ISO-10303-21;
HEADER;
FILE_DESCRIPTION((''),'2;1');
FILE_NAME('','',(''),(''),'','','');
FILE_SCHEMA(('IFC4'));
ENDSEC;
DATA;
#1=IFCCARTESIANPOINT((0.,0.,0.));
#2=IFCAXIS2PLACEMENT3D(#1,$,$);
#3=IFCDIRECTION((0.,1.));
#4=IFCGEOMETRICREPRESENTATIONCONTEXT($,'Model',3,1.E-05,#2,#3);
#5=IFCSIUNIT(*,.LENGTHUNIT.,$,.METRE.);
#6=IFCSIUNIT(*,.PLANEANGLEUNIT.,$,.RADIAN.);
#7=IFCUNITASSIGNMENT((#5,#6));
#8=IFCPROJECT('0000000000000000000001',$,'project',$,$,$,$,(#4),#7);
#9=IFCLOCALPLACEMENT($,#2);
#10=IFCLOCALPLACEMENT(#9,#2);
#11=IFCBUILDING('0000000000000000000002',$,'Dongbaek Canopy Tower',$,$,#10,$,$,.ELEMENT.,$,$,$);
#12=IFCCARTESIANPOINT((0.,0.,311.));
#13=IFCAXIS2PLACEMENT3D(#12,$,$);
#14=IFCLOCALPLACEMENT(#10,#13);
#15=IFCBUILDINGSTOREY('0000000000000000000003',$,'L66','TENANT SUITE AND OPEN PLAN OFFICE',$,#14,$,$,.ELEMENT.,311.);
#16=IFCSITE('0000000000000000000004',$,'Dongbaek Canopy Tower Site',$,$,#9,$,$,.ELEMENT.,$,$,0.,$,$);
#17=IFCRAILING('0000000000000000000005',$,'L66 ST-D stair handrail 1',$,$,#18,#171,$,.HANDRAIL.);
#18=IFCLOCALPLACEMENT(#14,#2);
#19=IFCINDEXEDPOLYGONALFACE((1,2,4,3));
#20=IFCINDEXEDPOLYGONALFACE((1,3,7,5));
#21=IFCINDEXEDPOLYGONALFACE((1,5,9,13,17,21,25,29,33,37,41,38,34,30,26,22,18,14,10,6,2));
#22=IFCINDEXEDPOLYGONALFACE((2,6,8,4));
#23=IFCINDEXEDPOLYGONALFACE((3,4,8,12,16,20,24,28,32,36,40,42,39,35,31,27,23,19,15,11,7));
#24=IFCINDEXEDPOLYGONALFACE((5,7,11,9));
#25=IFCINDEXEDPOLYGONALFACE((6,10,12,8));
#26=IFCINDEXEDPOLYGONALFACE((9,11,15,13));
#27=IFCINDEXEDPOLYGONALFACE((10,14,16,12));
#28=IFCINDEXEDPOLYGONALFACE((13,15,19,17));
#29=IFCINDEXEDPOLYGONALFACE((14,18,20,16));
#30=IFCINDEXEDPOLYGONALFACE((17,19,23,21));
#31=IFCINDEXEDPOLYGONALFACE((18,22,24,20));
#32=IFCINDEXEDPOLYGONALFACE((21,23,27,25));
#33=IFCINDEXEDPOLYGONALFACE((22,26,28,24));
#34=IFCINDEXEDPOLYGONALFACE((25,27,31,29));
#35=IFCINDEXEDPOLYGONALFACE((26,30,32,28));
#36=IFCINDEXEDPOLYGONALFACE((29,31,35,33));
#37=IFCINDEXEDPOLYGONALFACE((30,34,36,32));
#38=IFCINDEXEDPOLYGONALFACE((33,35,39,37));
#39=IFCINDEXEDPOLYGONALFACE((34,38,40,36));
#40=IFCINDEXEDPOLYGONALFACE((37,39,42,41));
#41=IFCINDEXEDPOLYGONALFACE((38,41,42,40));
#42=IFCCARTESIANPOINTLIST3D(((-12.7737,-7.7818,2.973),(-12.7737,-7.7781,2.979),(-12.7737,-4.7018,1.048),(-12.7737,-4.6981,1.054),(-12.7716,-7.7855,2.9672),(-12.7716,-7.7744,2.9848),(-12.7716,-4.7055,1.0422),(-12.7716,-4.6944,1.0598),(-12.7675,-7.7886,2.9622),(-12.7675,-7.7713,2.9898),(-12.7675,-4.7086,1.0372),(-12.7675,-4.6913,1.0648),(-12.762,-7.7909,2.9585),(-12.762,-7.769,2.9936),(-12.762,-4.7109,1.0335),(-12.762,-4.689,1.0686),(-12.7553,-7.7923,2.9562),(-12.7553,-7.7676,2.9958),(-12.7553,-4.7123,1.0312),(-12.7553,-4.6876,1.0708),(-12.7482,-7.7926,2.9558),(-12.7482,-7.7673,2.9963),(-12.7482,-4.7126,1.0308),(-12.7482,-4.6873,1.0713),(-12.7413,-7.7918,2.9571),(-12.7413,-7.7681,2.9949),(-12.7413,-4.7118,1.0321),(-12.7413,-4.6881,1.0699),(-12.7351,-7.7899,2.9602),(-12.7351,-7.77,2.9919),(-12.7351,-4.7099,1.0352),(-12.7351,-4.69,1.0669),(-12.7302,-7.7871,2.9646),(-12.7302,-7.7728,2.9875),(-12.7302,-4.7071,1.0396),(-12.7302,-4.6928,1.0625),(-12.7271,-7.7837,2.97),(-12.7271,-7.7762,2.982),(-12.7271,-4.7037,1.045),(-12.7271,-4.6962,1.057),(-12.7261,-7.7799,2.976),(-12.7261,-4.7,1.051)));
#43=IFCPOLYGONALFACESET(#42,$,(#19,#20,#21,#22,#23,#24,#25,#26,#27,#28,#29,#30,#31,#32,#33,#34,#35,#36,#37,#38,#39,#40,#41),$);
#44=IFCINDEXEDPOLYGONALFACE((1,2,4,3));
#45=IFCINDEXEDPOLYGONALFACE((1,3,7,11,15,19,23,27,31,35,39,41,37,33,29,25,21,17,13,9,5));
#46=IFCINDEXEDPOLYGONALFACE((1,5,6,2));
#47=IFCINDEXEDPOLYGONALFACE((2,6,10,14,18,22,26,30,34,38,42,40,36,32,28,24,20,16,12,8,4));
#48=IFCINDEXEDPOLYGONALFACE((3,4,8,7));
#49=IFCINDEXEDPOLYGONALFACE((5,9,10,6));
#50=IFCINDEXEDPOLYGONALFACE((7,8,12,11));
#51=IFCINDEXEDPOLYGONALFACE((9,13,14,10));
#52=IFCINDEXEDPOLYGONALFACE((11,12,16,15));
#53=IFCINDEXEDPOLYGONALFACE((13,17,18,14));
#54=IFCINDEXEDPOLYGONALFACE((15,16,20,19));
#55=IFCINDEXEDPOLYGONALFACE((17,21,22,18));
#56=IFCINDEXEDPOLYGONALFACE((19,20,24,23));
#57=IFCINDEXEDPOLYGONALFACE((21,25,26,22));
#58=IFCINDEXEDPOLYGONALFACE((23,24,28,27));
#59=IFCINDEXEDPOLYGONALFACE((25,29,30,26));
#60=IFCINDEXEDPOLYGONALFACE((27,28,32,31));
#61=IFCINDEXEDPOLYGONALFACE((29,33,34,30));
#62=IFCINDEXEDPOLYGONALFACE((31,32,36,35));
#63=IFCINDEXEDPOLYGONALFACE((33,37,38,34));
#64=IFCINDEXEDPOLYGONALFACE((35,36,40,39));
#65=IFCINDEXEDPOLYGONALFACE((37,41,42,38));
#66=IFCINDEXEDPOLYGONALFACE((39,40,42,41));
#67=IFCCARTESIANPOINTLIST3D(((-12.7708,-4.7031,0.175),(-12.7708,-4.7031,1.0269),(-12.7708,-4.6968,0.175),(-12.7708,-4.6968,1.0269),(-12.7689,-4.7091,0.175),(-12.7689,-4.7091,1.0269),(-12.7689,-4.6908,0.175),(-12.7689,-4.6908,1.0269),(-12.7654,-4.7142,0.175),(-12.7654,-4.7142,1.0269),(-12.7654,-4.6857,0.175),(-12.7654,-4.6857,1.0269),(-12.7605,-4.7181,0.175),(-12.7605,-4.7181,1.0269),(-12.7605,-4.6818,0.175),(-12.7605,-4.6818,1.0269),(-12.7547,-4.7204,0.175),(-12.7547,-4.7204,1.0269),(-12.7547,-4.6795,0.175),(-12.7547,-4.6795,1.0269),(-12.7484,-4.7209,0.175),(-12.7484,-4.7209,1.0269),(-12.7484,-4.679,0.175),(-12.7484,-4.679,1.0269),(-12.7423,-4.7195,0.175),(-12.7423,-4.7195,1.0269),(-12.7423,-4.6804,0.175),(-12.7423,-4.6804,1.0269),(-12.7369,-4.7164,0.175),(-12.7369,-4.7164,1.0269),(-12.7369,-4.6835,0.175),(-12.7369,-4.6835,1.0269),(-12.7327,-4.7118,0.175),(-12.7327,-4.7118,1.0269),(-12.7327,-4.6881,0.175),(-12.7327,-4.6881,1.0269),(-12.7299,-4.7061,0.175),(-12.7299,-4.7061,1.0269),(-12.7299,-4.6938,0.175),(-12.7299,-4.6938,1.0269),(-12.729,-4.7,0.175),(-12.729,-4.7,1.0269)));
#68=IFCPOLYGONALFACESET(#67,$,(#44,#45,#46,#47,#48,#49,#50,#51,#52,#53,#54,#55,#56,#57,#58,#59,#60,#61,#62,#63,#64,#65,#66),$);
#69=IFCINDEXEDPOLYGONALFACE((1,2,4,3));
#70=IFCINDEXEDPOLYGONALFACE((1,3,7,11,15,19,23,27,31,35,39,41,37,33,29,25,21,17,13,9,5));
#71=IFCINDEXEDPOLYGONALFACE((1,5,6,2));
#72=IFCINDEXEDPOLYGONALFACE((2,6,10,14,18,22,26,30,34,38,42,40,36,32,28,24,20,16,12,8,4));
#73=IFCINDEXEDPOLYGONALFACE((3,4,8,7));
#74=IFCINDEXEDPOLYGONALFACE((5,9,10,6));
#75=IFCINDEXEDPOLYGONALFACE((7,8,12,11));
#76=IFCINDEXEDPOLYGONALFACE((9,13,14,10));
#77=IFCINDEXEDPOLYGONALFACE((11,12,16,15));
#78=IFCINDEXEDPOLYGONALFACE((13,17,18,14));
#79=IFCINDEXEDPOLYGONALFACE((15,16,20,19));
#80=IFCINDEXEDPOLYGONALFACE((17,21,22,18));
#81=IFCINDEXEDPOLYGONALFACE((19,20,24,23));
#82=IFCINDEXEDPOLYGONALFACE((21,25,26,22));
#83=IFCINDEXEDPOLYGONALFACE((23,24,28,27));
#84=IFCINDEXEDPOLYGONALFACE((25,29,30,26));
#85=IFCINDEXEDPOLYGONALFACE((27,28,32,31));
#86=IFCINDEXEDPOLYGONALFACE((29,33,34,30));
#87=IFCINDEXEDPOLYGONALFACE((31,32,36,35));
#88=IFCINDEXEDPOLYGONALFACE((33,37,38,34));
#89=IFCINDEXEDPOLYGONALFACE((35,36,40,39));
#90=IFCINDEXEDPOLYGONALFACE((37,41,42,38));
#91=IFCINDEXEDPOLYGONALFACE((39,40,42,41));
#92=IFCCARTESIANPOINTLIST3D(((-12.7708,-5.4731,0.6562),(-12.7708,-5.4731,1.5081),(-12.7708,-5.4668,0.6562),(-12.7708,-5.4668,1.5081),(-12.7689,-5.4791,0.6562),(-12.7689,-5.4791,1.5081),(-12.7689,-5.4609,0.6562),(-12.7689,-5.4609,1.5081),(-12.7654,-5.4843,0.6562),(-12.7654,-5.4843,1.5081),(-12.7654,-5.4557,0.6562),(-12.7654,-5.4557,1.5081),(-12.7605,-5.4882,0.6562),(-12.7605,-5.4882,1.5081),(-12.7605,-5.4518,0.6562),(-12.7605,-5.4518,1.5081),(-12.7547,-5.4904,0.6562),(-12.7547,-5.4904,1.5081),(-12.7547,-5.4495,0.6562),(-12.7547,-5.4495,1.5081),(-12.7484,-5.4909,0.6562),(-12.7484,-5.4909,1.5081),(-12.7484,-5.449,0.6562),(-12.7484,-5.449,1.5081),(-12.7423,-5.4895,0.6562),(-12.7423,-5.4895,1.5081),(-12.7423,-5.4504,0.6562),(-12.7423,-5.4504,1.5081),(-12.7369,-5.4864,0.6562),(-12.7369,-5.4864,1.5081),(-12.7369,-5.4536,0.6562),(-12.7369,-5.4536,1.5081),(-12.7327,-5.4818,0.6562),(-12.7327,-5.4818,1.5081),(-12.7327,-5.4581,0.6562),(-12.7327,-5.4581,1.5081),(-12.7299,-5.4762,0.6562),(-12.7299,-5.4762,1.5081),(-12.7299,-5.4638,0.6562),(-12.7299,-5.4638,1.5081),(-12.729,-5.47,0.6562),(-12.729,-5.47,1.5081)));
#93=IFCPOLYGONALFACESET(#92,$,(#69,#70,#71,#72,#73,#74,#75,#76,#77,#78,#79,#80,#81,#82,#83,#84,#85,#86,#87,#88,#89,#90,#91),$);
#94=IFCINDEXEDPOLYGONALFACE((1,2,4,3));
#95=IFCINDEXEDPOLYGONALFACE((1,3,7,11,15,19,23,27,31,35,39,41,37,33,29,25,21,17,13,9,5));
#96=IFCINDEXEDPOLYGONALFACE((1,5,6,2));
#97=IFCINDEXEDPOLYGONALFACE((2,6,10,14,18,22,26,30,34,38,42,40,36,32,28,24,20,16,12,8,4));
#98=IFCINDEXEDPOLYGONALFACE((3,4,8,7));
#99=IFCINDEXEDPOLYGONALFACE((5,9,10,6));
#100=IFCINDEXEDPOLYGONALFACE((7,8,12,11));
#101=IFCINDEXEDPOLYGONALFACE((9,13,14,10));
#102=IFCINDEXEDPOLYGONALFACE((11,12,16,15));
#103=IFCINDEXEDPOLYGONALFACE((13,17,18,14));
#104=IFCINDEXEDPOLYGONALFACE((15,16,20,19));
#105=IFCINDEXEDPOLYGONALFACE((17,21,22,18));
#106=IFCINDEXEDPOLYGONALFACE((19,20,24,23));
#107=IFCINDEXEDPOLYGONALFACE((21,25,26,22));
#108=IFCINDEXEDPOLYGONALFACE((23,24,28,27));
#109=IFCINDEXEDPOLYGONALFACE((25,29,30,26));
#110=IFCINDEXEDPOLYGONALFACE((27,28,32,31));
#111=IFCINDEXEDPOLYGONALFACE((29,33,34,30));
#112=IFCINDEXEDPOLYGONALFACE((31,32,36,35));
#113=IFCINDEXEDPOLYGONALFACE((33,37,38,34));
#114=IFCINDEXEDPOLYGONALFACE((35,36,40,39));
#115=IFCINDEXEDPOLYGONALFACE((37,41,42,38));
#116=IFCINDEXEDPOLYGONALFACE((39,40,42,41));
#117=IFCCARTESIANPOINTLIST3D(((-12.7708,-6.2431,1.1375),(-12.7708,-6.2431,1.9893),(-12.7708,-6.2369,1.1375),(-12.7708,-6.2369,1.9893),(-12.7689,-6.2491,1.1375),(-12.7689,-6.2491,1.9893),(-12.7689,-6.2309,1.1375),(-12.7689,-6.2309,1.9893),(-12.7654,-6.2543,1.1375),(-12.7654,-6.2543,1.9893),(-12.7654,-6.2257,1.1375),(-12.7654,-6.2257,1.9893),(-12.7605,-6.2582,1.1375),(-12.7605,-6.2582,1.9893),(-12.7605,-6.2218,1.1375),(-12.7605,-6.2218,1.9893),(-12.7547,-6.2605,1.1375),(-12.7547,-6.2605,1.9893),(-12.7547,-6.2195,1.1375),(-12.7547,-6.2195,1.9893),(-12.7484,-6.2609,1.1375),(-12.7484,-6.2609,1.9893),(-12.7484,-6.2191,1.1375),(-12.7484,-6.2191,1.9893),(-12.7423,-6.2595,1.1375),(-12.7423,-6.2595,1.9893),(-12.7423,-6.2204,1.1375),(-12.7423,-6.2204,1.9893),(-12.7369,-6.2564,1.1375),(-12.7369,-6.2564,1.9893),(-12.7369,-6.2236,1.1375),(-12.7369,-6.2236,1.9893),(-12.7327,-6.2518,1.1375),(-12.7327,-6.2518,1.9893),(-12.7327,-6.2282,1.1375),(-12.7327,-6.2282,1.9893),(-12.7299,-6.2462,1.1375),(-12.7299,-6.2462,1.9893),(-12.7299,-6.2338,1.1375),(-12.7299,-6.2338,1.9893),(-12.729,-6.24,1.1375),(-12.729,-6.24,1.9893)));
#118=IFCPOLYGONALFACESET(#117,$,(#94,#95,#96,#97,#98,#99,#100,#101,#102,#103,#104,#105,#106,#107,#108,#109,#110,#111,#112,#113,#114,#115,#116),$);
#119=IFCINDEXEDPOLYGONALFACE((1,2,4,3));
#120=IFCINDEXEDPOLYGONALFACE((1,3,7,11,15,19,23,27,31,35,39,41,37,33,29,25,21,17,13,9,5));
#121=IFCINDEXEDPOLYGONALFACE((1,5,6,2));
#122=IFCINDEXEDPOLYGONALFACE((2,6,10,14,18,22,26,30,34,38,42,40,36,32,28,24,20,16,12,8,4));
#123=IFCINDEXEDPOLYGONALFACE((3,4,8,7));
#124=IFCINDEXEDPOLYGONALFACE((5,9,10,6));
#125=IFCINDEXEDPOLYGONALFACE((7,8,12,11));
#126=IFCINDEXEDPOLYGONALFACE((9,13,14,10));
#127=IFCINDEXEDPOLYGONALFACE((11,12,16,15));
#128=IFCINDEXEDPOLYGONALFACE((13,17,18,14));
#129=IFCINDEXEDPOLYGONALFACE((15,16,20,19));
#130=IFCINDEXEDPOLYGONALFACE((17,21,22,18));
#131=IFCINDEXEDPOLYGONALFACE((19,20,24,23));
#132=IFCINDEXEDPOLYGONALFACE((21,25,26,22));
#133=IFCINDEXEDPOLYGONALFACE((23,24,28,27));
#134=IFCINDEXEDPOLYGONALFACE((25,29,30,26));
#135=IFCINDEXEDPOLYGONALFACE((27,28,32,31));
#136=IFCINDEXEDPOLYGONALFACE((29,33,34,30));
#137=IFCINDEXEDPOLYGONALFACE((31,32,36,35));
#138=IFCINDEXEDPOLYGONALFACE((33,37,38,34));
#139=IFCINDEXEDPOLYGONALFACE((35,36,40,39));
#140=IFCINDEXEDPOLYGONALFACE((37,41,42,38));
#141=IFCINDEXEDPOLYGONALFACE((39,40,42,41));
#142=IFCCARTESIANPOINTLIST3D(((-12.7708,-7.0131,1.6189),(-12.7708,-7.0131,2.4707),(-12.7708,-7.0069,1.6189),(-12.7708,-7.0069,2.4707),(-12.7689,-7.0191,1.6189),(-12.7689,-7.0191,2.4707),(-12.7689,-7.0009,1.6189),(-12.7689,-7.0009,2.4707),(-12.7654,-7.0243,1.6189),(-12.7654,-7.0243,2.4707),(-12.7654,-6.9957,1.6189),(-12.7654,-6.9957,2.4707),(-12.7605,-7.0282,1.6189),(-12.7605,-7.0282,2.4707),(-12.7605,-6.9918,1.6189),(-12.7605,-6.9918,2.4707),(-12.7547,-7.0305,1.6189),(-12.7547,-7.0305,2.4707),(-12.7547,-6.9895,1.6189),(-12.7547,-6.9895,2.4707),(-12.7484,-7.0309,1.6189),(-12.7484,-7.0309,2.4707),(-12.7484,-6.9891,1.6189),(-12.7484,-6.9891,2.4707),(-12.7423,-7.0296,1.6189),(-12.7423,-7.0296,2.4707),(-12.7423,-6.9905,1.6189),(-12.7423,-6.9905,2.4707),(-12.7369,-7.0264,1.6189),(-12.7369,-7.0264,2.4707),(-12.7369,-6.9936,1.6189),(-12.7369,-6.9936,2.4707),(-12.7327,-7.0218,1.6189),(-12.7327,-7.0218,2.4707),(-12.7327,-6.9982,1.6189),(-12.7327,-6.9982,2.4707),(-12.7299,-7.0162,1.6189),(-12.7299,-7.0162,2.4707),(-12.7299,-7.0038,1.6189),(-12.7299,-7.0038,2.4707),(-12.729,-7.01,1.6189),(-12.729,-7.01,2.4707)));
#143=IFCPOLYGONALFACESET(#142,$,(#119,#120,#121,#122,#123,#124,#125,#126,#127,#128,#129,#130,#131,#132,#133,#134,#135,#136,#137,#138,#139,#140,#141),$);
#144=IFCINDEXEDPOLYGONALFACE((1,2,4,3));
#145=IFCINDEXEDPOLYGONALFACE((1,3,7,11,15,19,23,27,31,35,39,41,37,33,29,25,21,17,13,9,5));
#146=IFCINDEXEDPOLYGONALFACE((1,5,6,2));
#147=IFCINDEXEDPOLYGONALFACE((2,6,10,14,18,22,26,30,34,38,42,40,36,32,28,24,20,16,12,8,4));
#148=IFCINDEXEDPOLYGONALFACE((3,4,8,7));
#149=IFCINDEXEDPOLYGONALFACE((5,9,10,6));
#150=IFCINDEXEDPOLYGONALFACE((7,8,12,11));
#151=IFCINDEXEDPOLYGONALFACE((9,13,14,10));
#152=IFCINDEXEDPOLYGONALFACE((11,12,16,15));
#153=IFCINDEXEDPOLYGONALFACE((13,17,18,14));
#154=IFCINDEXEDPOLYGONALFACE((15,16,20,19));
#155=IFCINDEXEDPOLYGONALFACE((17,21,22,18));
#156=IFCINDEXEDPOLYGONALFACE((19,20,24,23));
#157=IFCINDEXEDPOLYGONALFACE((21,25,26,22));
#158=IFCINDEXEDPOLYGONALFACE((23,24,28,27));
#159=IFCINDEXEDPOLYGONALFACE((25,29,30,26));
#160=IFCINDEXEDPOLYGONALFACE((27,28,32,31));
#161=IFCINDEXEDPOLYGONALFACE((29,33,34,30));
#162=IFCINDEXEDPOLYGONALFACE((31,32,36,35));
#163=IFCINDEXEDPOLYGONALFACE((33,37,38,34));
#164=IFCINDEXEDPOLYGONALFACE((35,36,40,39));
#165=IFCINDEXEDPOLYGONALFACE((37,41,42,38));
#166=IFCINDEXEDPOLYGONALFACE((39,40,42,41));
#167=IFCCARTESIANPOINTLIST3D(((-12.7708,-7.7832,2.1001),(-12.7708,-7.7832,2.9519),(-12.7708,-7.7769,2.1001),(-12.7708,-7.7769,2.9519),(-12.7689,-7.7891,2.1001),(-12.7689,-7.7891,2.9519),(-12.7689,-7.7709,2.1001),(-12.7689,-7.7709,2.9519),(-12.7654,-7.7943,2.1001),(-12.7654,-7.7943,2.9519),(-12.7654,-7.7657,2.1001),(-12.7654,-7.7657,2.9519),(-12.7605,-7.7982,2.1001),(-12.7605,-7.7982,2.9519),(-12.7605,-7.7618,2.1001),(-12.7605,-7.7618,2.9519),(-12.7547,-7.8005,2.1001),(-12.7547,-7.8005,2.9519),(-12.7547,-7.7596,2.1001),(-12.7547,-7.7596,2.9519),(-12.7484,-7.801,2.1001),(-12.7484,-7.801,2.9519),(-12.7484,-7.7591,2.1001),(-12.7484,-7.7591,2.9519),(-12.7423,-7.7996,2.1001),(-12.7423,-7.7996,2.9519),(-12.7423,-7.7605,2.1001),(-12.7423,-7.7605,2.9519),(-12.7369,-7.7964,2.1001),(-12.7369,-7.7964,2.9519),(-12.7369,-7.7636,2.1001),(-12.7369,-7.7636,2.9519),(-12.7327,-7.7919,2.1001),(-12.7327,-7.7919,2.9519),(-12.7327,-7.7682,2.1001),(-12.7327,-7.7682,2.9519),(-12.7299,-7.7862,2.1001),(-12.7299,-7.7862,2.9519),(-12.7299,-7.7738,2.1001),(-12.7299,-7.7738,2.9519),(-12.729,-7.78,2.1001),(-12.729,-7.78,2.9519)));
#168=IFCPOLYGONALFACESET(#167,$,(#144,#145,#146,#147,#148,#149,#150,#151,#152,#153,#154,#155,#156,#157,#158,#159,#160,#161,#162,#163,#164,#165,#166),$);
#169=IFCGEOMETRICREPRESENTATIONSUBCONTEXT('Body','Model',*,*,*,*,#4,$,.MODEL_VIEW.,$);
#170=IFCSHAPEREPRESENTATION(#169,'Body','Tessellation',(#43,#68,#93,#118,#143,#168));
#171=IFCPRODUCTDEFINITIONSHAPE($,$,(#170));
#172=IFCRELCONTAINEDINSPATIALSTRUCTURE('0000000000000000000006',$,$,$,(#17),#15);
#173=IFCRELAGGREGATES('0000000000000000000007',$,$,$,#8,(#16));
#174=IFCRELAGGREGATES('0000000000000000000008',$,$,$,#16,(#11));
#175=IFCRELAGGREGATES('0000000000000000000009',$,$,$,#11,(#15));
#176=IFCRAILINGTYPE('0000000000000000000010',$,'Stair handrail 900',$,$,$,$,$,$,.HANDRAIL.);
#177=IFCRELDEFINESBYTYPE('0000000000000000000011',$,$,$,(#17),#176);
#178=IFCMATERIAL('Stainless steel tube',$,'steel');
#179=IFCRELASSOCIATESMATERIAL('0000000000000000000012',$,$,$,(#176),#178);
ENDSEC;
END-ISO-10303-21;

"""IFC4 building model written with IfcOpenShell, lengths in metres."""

from ifc_helpers import new_model, si_unit, direction, frame, origin, origin_2d, place, context, subcontext, project, spatial, circle, extrude, material, type_object, element, save


model = new_model("IFC4")

# Units and contexts
model_context = context("Model", 3, precision=1e-05, world=origin(), true_north=direction((0.0, 1.0)))
body_context = subcontext(model_context, "Body", "Model", "MODEL_VIEW")
ifc_project = project(units=[si_unit("LENGTHUNIT", "METRE"), si_unit("PLANEANGLEUNIT", "RADIAN")], contexts=[model_context])

# Site, building, storey
site_placement = place(None, origin())
site = spatial("IfcSite", under=ifc_project, at=site_placement, Name="Dongbaek Canopy Tower Site", CompositionType="ELEMENT", RefElevation=0.0)
building_placement = place(site_placement, origin())
building = spatial("IfcBuilding", under=site, at=building_placement, Name="Dongbaek Canopy Tower", CompositionType="ELEMENT")
storey_placement = place(building_placement, frame((0.0, 0.0, 311.0)))
storey = spatial("IfcBuildingStorey", under=building, at=storey_placement, Name="L66", Description="TENANT SUITE AND OPEN PLAN OFFICE", CompositionType="ELEMENT", Elevation=311.0)

# Railing
ifc_material_1 = material(Name="Stainless steel tube", Category="steel")
railing_type_1 = type_object("IfcRailingType", Name="Stair handrail 900", PredefinedType="HANDRAIL", material=ifc_material_1)
railing_1_placement = place(storey_placement, frame((-12.75, -4.7, 0.175)))
element("IfcRailing", 1, at=railing_1_placement, inside=storey, type_object=railing_type_1, Name="L66 ST-D stair handrail 1", PredefinedType="HANDRAIL", context=body_context, shape_type="SweptSolid", body=[
    extrude(circle(Radius=0.0239, at=origin_2d()), frame((0.0, 0.0, 0.876), z_axis=(0.0, -0.847998, 0.529999), x_axis=(1.0, 0.0, 0.0)), (0.0, 0.0, 1.0), 3.6321),
    extrude(circle(Radius=0.021, at=origin_2d()), origin(), (0.0, 0.0, 1.0), 0.8518),
    extrude(circle(Radius=0.021, at=origin_2d()), frame((0.0, -0.77, 0.4812)), (0.0, 0.0, 1.0), 0.8518),
    extrude(circle(Radius=0.021, at=origin_2d()), frame((0.0, -1.54, 0.9624)), (0.0, 0.0, 1.0), 0.8518),
    extrude(circle(Radius=0.021, at=origin_2d()), frame((0.0, -2.3101, 1.4438)), (0.0, 0.0, 1.0), 0.8518),
    extrude(circle(Radius=0.021, at=origin_2d()), frame((0.0, -3.0801, 1.925)), (0.0, 0.0, 1.0), 0.8518),
])

save(model, "model.ifc")
